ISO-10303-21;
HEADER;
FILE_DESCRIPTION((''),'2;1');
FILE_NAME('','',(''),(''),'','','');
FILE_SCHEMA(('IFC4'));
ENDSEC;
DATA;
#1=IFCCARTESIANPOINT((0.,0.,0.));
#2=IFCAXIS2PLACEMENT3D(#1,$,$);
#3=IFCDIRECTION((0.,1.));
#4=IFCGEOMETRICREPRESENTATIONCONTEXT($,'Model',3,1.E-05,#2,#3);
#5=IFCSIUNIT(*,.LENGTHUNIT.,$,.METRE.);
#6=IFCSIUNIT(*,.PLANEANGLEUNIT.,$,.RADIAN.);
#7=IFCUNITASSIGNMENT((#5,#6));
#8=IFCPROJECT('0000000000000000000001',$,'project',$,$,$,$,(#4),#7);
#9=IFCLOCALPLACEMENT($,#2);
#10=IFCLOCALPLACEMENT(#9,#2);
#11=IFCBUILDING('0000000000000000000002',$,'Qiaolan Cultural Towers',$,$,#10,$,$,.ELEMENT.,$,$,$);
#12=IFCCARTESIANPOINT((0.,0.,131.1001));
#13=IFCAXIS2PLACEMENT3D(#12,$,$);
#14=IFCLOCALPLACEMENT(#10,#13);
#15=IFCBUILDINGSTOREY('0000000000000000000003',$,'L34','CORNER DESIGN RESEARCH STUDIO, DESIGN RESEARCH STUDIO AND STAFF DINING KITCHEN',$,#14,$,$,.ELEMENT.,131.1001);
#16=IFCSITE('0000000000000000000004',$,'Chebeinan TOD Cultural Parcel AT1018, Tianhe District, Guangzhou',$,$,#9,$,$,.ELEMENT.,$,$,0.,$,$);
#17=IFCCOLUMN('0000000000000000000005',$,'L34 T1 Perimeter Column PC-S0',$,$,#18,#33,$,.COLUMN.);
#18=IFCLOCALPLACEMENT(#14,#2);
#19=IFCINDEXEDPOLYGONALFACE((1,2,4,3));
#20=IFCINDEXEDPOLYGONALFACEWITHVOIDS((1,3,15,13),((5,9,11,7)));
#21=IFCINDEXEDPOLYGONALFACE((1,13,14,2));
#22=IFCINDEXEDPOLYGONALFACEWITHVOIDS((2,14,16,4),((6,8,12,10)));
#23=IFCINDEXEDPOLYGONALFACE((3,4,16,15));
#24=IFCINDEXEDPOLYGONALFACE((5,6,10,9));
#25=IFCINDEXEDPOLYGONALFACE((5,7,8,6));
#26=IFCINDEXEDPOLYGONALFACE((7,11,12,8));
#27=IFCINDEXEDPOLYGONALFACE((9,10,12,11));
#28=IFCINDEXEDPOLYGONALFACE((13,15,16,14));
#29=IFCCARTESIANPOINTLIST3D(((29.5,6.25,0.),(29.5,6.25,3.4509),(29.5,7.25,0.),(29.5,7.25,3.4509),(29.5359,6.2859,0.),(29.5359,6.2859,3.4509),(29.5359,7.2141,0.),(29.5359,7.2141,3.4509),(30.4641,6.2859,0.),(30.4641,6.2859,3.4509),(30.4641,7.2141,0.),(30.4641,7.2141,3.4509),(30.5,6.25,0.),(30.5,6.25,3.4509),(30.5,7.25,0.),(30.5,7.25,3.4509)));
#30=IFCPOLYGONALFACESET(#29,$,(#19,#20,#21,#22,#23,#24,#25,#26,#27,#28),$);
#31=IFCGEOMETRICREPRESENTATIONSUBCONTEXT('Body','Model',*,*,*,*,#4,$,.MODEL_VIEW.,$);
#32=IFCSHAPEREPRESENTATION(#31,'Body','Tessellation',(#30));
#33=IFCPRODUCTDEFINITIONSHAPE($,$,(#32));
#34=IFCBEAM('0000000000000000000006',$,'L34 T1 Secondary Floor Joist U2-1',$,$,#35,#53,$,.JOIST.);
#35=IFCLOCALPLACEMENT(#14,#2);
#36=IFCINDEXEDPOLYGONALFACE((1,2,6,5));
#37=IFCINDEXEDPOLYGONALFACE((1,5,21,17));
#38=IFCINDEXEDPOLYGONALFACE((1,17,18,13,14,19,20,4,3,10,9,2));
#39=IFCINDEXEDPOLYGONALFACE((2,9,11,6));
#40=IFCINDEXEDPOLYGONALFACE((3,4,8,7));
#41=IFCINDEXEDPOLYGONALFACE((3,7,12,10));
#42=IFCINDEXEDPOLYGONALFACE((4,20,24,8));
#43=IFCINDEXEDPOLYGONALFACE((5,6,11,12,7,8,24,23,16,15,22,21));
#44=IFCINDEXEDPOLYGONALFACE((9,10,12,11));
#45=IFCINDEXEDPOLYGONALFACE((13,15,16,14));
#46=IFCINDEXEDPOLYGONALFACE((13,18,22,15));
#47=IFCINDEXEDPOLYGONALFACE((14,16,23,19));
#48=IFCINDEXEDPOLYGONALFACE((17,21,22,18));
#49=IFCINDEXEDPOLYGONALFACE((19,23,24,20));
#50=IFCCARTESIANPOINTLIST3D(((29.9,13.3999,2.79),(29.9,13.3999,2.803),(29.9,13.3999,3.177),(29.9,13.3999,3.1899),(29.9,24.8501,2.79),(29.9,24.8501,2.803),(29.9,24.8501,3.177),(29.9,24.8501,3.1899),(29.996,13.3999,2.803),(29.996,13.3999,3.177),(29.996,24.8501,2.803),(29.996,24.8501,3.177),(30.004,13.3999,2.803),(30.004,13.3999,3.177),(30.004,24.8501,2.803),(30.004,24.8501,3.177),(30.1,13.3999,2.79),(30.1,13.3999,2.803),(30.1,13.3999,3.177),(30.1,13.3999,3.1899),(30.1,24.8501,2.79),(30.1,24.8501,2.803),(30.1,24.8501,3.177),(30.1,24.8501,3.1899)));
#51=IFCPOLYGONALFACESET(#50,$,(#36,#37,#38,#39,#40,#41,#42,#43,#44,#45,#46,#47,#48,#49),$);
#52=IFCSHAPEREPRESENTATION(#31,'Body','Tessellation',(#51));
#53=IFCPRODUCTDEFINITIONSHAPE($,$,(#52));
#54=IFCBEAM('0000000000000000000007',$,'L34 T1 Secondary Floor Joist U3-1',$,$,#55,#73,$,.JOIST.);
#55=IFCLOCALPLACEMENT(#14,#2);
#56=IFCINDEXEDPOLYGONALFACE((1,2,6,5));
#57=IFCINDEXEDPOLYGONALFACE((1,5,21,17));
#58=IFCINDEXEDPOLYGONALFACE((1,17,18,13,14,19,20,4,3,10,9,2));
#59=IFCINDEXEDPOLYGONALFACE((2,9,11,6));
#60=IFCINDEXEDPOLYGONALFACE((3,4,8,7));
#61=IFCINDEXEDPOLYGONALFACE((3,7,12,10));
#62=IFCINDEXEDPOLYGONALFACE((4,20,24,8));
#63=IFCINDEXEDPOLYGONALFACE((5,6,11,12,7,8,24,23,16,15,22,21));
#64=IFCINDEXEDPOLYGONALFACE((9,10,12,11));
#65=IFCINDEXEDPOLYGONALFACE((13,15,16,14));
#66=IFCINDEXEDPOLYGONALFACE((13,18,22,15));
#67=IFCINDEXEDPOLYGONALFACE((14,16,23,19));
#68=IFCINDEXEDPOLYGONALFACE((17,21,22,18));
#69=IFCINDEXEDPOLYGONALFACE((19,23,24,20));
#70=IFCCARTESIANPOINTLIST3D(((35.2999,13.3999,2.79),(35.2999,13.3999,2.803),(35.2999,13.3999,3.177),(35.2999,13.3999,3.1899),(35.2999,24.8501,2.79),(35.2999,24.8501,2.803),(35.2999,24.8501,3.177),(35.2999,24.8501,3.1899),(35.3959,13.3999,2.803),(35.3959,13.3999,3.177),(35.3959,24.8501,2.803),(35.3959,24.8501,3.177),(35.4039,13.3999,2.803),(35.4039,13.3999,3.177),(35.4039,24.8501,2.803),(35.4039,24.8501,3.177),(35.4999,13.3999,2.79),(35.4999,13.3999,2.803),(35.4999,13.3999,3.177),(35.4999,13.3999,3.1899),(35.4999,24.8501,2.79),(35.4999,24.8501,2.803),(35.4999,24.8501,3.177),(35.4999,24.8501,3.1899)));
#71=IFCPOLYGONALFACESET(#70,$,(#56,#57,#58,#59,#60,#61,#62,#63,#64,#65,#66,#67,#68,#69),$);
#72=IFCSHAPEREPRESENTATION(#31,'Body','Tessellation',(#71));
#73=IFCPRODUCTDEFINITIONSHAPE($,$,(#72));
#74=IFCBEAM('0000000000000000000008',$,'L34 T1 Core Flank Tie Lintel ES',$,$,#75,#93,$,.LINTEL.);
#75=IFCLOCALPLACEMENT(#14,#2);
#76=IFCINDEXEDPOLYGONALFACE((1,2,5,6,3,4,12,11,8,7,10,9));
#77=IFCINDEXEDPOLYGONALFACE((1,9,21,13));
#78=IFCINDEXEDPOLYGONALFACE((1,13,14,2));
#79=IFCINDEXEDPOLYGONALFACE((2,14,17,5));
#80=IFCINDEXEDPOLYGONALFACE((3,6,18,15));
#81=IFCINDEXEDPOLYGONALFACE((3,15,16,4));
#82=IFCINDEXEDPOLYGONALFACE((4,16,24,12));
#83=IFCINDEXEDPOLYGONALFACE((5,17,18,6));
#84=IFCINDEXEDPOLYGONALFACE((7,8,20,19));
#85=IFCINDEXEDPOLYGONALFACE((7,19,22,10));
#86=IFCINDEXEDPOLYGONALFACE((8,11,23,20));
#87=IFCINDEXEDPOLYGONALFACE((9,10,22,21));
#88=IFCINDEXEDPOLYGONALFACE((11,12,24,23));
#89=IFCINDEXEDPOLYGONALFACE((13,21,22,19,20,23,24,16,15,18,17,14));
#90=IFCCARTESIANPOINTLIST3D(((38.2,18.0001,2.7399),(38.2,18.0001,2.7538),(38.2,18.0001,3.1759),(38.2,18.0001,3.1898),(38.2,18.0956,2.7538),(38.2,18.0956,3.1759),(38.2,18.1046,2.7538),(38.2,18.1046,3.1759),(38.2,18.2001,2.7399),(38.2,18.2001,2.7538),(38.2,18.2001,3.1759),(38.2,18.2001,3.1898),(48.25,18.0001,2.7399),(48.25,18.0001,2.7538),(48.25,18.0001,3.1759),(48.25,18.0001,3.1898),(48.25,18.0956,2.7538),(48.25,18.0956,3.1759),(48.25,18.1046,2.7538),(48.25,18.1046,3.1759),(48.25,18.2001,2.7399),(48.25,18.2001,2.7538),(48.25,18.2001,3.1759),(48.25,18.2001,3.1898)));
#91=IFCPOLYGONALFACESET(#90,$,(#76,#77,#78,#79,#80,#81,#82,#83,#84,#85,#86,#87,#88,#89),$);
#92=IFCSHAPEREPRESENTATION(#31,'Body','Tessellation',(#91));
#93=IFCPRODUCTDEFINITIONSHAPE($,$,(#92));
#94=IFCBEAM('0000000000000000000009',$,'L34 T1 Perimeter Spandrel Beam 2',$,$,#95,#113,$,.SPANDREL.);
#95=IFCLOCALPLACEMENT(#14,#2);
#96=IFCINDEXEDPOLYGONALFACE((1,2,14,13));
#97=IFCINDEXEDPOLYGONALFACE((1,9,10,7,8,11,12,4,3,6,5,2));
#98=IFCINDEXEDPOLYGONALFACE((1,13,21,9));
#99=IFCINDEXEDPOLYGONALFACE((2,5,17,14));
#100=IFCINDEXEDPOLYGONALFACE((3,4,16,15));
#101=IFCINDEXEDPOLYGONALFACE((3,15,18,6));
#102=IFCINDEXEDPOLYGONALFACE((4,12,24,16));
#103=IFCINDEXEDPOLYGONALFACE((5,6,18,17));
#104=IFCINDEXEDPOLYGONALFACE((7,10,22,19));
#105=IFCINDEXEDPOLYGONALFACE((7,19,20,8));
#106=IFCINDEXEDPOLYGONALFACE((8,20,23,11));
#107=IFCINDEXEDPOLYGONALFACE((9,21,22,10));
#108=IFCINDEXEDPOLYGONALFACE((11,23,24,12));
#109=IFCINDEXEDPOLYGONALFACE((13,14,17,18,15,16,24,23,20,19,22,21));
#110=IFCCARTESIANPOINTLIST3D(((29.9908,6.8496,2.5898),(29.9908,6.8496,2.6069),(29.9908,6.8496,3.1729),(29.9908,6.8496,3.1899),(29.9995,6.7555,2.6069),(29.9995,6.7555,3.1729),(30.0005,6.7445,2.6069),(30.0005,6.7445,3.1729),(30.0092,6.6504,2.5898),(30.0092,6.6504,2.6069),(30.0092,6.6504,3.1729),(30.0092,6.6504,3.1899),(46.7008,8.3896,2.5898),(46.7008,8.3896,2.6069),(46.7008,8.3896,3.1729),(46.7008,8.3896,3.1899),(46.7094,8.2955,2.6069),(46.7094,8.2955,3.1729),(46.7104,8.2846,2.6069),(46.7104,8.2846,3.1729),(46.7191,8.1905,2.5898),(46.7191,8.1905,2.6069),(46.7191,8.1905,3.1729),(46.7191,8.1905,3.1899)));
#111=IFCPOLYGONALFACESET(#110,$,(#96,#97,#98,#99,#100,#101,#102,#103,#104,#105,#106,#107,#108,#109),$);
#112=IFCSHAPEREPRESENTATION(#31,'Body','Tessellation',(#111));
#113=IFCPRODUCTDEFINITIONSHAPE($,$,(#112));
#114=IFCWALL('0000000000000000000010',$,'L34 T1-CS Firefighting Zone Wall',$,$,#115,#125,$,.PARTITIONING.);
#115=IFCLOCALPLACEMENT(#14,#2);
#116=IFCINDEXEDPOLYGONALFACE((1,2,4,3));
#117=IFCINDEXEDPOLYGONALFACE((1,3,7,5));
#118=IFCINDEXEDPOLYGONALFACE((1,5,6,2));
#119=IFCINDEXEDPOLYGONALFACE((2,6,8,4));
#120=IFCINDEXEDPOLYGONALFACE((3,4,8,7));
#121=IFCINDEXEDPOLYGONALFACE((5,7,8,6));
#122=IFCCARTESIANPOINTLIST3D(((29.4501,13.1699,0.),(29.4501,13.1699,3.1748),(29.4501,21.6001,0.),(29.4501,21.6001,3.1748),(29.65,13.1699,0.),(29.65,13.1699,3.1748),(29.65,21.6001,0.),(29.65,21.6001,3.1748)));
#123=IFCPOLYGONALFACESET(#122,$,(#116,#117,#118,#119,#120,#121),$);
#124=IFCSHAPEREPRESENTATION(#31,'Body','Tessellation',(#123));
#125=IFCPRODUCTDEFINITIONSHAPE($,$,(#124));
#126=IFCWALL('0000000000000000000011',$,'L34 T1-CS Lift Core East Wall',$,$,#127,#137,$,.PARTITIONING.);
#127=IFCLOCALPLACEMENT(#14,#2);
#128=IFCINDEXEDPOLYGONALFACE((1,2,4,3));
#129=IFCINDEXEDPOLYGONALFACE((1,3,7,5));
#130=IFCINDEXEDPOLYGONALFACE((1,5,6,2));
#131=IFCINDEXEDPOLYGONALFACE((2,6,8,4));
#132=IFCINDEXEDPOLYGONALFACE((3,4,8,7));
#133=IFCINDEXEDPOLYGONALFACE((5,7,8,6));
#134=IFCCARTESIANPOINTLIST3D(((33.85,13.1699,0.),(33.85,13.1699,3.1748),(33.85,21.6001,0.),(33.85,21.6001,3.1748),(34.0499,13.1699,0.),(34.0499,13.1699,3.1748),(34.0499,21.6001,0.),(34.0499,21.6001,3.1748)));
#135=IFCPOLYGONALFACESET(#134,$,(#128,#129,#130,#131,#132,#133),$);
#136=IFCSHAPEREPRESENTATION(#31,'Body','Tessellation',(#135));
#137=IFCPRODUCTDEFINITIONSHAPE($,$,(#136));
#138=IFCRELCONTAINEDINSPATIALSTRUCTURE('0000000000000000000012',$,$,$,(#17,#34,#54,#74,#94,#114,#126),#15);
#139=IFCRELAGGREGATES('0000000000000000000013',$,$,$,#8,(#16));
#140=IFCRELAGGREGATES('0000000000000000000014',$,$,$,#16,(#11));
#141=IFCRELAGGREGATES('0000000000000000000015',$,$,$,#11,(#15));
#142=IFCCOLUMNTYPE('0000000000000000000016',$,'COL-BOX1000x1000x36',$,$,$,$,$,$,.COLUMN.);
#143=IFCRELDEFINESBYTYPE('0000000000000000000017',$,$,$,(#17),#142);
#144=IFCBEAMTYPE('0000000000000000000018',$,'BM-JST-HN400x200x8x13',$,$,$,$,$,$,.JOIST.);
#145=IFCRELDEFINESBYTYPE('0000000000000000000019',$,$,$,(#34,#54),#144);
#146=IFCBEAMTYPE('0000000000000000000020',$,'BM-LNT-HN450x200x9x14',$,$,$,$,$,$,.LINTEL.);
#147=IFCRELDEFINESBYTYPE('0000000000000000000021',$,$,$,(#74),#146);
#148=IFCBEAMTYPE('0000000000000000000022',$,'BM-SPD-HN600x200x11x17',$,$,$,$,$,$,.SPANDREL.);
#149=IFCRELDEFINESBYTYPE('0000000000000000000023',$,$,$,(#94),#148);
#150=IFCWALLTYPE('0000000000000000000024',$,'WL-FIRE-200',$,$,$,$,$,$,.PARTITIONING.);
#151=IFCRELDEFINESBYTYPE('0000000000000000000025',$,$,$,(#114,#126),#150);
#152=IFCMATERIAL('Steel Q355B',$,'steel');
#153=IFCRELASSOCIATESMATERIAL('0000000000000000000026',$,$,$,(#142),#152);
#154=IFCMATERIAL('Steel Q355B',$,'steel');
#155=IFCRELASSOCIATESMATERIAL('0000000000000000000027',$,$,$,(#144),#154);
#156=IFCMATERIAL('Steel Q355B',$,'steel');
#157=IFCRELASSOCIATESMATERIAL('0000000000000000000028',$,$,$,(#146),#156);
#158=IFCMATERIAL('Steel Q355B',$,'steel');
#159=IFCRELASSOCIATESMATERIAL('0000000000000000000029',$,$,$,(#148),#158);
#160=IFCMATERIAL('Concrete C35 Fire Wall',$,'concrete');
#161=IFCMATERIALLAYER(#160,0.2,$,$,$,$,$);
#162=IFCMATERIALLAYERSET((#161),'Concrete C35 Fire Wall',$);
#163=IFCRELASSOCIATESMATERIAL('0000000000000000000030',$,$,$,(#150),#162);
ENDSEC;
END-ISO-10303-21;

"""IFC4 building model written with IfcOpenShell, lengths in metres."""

from ifc_helpers import new_model, si_unit, direction, frame, frame_2d, origin, origin_2d, place, context, subcontext, project, spatial, rectangle, hollow_rectangle, i_section, extrude, material, layer, layer_set, material_profile, profile_set, type_object, element, save


model = new_model("IFC4")

# Units and contexts
model_context = context("Model", 3, precision=1e-05, world=origin(), true_north=direction((0.0, 1.0)))
body_context = subcontext(model_context, "Body", "Model", "MODEL_VIEW")
ifc_project = project(units=[si_unit("LENGTHUNIT", "METRE"), si_unit("PLANEANGLEUNIT", "RADIAN")], contexts=[model_context])

# Site, building, storey
site_placement = place(None, origin())
site = spatial("IfcSite", under=ifc_project, at=site_placement, Name="Chebeinan TOD Cultural Parcel AT1018, Tianhe District, Guangzhou", CompositionType="ELEMENT", RefElevation=0.0)
building_placement = place(site_placement, origin())
building = spatial("IfcBuilding", under=site, at=building_placement, Name="Qiaolan Cultural Towers", CompositionType="ELEMENT")
storey_placement = place(building_placement, frame((0.0, 0.0, 131.1001)))
storey = spatial("IfcBuildingStorey", under=building, at=storey_placement, Name="L34", Description="CORNER DESIGN RESEARCH STUDIO, DESIGN RESEARCH STUDIO AND STAFF DINING KITCHEN", CompositionType="ELEMENT", Elevation=131.1001)

# Column
ifc_material_1 = material(Name="Steel Q355B", Category="steel")
ifc_material_profile_1 = material_profile(ifc_material_1, hollow_rectangle(XDim=1.0, YDim=1.0, WallThickness=0.0359, at=origin_2d()), Name="BOX1000x1000x36")
ifc_profile_set_1 = profile_set([ifc_material_profile_1], Name="Steel Q355B")
column_type = type_object("IfcColumnType", Name="COL-BOX1000x1000x36", PredefinedType="COLUMN", material=ifc_profile_set_1)
column_placement = place(storey_placement, frame((30.0, 6.75, 0.0), z_axis=(0.0, 0.0, 1.0), x_axis=(1.0, 0.0, 0.0)))
element("IfcColumn", 1, at=column_placement, inside=storey, type_object=column_type, Name="L34 T1 Perimeter Column PC-S0", PredefinedType="COLUMN", context=body_context, shape_type="SweptSolid", body=[
    extrude(hollow_rectangle(XDim=1.0, YDim=1.0, WallThickness=0.0359, at=origin_2d()), origin(), (0.0, 0.0, 1.0), 3.4509),
])

# Beams
ifc_material_2 = material(Name="Steel Q355B", Category="steel")
ifc_material_profile_2 = material_profile(ifc_material_2, i_section(OverallWidth=0.2, OverallDepth=0.3999, WebThickness=0.0081, FlangeThickness=0.0129, at=origin_2d()), Name="HN400x200x8x13")
ifc_profile_set_2 = profile_set([ifc_material_profile_2], Name="Steel Q355B")
beam_type_1 = type_object("IfcBeamType", Name="BM-JST-HN400x200x8x13", PredefinedType="JOIST", material=ifc_profile_set_2)
for number, where, z_axis, x_axis, name in (
    (2, (30.0, 13.3999, 2.99), (0.0, 1.0, 0.0), (-1.0, 0.0, 0.0), "L34 T1 Secondary Floor Joist U2-1"),
    (3, (35.3999, 13.3999, 2.99), (0.0, 1.0, 0.0), (-1.0, 0.0, 0.0), "L34 T1 Secondary Floor Joist U3-1"),
):
    element("IfcBeam", number, at=place(storey_placement, frame(where, z_axis=z_axis, x_axis=x_axis)), inside=storey, type_object=beam_type_1, Name=name, PredefinedType="JOIST", context=body_context, shape_type="SweptSolid", body=[
        extrude(i_section(OverallWidth=0.2, OverallDepth=0.3999, WebThickness=0.0081, FlangeThickness=0.0129, at=origin_2d()), origin(), (0.0, 0.0, 1.0), 11.4502),
    ])
ifc_material_3 = material(Name="Steel Q355B", Category="steel")
ifc_material_profile_3 = material_profile(ifc_material_3, i_section(OverallWidth=0.2, OverallDepth=0.45, WebThickness=0.009, FlangeThickness=0.0139, at=origin_2d()), Name="HN450x200x9x14")
ifc_profile_set_3 = profile_set([ifc_material_profile_3], Name="Steel Q355B")
beam_type_2 = type_object("IfcBeamType", Name="BM-LNT-HN450x200x9x14", PredefinedType="LINTEL", material=ifc_profile_set_3)
beam_1_placement = place(storey_placement, frame((38.2, 18.1001, 2.9648), z_axis=(1.0, 0.0, 0.0), x_axis=(0.0, 1.0, 0.0)))
element("IfcBeam", 4, at=beam_1_placement, inside=storey, type_object=beam_type_2, Name="L34 T1 Core Flank Tie Lintel ES", PredefinedType="LINTEL", context=body_context, shape_type="SweptSolid", body=[
    extrude(i_section(OverallWidth=0.2, OverallDepth=0.45, WebThickness=0.009, FlangeThickness=0.0139, at=origin_2d()), origin(), (0.0, 0.0, 1.0), 10.05),
])
ifc_material_4 = material(Name="Steel Q355B", Category="steel")
ifc_material_profile_4 = material_profile(ifc_material_4, i_section(OverallWidth=0.2, OverallDepth=0.6001, WebThickness=0.011, FlangeThickness=0.0171, at=origin_2d()), Name="HN600x200x11x17")
ifc_profile_set_4 = profile_set([ifc_material_profile_4], Name="Steel Q355B")
beam_type_3 = type_object("IfcBeamType", Name="BM-SPD-HN600x200x11x17", PredefinedType="SPANDREL", material=ifc_profile_set_4)
beam_2_placement = place(storey_placement, frame((30.0, 6.75, 2.8899), z_axis=(0.99578, 0.091774, 0.0), x_axis=(-0.091774, 0.99578, 0.0)))
element("IfcBeam", 5, at=beam_2_placement, inside=storey, type_object=beam_type_3, Name="L34 T1 Perimeter Spandrel Beam 2", PredefinedType="SPANDREL", context=body_context, shape_type="SweptSolid", body=[
    extrude(i_section(OverallWidth=0.2, OverallDepth=0.6001, WebThickness=0.011, FlangeThickness=0.0171, at=origin_2d()), origin(), (0.0, 0.0, 1.0), 16.7808),
])

# Walls
ifc_material_5 = material(Name="Concrete C35 Fire Wall", Category="concrete")
ifc_layer_1 = layer(ifc_material_5, 0.2)
ifc_layer_set_1 = layer_set([ifc_layer_1], Name="Concrete C35 Fire Wall")
wall_type_1 = type_object("IfcWallType", Name="WL-FIRE-200", PredefinedType="PARTITIONING", material=ifc_layer_set_1)
for number, where, z_axis, x_axis, name in (
    (6, (29.55, 21.6001, 0.0), (0.0, 0.0, 1.0), (0.0, -1.0, 0.0), "L34 T1-CS Firefighting Zone Wall"),
    (7, (33.95, 21.6001, 0.0), (0.0, 0.0, 1.0), (0.0, -1.0, 0.0), "L34 T1-CS Lift Core East Wall"),
):
    element("IfcWall", number, at=place(storey_placement, frame(where, z_axis=z_axis, x_axis=x_axis)), inside=storey, type_object=wall_type_1, Name=name, PredefinedType="PARTITIONING", context=body_context, shape_type="SweptSolid", body=[
        extrude(rectangle(XDim=8.4302, YDim=0.2, at=frame_2d((4.2151, 0.0))), origin(), (0.0, 0.0, 1.0), 3.1748),
    ])

save(model, "model.ifc")
